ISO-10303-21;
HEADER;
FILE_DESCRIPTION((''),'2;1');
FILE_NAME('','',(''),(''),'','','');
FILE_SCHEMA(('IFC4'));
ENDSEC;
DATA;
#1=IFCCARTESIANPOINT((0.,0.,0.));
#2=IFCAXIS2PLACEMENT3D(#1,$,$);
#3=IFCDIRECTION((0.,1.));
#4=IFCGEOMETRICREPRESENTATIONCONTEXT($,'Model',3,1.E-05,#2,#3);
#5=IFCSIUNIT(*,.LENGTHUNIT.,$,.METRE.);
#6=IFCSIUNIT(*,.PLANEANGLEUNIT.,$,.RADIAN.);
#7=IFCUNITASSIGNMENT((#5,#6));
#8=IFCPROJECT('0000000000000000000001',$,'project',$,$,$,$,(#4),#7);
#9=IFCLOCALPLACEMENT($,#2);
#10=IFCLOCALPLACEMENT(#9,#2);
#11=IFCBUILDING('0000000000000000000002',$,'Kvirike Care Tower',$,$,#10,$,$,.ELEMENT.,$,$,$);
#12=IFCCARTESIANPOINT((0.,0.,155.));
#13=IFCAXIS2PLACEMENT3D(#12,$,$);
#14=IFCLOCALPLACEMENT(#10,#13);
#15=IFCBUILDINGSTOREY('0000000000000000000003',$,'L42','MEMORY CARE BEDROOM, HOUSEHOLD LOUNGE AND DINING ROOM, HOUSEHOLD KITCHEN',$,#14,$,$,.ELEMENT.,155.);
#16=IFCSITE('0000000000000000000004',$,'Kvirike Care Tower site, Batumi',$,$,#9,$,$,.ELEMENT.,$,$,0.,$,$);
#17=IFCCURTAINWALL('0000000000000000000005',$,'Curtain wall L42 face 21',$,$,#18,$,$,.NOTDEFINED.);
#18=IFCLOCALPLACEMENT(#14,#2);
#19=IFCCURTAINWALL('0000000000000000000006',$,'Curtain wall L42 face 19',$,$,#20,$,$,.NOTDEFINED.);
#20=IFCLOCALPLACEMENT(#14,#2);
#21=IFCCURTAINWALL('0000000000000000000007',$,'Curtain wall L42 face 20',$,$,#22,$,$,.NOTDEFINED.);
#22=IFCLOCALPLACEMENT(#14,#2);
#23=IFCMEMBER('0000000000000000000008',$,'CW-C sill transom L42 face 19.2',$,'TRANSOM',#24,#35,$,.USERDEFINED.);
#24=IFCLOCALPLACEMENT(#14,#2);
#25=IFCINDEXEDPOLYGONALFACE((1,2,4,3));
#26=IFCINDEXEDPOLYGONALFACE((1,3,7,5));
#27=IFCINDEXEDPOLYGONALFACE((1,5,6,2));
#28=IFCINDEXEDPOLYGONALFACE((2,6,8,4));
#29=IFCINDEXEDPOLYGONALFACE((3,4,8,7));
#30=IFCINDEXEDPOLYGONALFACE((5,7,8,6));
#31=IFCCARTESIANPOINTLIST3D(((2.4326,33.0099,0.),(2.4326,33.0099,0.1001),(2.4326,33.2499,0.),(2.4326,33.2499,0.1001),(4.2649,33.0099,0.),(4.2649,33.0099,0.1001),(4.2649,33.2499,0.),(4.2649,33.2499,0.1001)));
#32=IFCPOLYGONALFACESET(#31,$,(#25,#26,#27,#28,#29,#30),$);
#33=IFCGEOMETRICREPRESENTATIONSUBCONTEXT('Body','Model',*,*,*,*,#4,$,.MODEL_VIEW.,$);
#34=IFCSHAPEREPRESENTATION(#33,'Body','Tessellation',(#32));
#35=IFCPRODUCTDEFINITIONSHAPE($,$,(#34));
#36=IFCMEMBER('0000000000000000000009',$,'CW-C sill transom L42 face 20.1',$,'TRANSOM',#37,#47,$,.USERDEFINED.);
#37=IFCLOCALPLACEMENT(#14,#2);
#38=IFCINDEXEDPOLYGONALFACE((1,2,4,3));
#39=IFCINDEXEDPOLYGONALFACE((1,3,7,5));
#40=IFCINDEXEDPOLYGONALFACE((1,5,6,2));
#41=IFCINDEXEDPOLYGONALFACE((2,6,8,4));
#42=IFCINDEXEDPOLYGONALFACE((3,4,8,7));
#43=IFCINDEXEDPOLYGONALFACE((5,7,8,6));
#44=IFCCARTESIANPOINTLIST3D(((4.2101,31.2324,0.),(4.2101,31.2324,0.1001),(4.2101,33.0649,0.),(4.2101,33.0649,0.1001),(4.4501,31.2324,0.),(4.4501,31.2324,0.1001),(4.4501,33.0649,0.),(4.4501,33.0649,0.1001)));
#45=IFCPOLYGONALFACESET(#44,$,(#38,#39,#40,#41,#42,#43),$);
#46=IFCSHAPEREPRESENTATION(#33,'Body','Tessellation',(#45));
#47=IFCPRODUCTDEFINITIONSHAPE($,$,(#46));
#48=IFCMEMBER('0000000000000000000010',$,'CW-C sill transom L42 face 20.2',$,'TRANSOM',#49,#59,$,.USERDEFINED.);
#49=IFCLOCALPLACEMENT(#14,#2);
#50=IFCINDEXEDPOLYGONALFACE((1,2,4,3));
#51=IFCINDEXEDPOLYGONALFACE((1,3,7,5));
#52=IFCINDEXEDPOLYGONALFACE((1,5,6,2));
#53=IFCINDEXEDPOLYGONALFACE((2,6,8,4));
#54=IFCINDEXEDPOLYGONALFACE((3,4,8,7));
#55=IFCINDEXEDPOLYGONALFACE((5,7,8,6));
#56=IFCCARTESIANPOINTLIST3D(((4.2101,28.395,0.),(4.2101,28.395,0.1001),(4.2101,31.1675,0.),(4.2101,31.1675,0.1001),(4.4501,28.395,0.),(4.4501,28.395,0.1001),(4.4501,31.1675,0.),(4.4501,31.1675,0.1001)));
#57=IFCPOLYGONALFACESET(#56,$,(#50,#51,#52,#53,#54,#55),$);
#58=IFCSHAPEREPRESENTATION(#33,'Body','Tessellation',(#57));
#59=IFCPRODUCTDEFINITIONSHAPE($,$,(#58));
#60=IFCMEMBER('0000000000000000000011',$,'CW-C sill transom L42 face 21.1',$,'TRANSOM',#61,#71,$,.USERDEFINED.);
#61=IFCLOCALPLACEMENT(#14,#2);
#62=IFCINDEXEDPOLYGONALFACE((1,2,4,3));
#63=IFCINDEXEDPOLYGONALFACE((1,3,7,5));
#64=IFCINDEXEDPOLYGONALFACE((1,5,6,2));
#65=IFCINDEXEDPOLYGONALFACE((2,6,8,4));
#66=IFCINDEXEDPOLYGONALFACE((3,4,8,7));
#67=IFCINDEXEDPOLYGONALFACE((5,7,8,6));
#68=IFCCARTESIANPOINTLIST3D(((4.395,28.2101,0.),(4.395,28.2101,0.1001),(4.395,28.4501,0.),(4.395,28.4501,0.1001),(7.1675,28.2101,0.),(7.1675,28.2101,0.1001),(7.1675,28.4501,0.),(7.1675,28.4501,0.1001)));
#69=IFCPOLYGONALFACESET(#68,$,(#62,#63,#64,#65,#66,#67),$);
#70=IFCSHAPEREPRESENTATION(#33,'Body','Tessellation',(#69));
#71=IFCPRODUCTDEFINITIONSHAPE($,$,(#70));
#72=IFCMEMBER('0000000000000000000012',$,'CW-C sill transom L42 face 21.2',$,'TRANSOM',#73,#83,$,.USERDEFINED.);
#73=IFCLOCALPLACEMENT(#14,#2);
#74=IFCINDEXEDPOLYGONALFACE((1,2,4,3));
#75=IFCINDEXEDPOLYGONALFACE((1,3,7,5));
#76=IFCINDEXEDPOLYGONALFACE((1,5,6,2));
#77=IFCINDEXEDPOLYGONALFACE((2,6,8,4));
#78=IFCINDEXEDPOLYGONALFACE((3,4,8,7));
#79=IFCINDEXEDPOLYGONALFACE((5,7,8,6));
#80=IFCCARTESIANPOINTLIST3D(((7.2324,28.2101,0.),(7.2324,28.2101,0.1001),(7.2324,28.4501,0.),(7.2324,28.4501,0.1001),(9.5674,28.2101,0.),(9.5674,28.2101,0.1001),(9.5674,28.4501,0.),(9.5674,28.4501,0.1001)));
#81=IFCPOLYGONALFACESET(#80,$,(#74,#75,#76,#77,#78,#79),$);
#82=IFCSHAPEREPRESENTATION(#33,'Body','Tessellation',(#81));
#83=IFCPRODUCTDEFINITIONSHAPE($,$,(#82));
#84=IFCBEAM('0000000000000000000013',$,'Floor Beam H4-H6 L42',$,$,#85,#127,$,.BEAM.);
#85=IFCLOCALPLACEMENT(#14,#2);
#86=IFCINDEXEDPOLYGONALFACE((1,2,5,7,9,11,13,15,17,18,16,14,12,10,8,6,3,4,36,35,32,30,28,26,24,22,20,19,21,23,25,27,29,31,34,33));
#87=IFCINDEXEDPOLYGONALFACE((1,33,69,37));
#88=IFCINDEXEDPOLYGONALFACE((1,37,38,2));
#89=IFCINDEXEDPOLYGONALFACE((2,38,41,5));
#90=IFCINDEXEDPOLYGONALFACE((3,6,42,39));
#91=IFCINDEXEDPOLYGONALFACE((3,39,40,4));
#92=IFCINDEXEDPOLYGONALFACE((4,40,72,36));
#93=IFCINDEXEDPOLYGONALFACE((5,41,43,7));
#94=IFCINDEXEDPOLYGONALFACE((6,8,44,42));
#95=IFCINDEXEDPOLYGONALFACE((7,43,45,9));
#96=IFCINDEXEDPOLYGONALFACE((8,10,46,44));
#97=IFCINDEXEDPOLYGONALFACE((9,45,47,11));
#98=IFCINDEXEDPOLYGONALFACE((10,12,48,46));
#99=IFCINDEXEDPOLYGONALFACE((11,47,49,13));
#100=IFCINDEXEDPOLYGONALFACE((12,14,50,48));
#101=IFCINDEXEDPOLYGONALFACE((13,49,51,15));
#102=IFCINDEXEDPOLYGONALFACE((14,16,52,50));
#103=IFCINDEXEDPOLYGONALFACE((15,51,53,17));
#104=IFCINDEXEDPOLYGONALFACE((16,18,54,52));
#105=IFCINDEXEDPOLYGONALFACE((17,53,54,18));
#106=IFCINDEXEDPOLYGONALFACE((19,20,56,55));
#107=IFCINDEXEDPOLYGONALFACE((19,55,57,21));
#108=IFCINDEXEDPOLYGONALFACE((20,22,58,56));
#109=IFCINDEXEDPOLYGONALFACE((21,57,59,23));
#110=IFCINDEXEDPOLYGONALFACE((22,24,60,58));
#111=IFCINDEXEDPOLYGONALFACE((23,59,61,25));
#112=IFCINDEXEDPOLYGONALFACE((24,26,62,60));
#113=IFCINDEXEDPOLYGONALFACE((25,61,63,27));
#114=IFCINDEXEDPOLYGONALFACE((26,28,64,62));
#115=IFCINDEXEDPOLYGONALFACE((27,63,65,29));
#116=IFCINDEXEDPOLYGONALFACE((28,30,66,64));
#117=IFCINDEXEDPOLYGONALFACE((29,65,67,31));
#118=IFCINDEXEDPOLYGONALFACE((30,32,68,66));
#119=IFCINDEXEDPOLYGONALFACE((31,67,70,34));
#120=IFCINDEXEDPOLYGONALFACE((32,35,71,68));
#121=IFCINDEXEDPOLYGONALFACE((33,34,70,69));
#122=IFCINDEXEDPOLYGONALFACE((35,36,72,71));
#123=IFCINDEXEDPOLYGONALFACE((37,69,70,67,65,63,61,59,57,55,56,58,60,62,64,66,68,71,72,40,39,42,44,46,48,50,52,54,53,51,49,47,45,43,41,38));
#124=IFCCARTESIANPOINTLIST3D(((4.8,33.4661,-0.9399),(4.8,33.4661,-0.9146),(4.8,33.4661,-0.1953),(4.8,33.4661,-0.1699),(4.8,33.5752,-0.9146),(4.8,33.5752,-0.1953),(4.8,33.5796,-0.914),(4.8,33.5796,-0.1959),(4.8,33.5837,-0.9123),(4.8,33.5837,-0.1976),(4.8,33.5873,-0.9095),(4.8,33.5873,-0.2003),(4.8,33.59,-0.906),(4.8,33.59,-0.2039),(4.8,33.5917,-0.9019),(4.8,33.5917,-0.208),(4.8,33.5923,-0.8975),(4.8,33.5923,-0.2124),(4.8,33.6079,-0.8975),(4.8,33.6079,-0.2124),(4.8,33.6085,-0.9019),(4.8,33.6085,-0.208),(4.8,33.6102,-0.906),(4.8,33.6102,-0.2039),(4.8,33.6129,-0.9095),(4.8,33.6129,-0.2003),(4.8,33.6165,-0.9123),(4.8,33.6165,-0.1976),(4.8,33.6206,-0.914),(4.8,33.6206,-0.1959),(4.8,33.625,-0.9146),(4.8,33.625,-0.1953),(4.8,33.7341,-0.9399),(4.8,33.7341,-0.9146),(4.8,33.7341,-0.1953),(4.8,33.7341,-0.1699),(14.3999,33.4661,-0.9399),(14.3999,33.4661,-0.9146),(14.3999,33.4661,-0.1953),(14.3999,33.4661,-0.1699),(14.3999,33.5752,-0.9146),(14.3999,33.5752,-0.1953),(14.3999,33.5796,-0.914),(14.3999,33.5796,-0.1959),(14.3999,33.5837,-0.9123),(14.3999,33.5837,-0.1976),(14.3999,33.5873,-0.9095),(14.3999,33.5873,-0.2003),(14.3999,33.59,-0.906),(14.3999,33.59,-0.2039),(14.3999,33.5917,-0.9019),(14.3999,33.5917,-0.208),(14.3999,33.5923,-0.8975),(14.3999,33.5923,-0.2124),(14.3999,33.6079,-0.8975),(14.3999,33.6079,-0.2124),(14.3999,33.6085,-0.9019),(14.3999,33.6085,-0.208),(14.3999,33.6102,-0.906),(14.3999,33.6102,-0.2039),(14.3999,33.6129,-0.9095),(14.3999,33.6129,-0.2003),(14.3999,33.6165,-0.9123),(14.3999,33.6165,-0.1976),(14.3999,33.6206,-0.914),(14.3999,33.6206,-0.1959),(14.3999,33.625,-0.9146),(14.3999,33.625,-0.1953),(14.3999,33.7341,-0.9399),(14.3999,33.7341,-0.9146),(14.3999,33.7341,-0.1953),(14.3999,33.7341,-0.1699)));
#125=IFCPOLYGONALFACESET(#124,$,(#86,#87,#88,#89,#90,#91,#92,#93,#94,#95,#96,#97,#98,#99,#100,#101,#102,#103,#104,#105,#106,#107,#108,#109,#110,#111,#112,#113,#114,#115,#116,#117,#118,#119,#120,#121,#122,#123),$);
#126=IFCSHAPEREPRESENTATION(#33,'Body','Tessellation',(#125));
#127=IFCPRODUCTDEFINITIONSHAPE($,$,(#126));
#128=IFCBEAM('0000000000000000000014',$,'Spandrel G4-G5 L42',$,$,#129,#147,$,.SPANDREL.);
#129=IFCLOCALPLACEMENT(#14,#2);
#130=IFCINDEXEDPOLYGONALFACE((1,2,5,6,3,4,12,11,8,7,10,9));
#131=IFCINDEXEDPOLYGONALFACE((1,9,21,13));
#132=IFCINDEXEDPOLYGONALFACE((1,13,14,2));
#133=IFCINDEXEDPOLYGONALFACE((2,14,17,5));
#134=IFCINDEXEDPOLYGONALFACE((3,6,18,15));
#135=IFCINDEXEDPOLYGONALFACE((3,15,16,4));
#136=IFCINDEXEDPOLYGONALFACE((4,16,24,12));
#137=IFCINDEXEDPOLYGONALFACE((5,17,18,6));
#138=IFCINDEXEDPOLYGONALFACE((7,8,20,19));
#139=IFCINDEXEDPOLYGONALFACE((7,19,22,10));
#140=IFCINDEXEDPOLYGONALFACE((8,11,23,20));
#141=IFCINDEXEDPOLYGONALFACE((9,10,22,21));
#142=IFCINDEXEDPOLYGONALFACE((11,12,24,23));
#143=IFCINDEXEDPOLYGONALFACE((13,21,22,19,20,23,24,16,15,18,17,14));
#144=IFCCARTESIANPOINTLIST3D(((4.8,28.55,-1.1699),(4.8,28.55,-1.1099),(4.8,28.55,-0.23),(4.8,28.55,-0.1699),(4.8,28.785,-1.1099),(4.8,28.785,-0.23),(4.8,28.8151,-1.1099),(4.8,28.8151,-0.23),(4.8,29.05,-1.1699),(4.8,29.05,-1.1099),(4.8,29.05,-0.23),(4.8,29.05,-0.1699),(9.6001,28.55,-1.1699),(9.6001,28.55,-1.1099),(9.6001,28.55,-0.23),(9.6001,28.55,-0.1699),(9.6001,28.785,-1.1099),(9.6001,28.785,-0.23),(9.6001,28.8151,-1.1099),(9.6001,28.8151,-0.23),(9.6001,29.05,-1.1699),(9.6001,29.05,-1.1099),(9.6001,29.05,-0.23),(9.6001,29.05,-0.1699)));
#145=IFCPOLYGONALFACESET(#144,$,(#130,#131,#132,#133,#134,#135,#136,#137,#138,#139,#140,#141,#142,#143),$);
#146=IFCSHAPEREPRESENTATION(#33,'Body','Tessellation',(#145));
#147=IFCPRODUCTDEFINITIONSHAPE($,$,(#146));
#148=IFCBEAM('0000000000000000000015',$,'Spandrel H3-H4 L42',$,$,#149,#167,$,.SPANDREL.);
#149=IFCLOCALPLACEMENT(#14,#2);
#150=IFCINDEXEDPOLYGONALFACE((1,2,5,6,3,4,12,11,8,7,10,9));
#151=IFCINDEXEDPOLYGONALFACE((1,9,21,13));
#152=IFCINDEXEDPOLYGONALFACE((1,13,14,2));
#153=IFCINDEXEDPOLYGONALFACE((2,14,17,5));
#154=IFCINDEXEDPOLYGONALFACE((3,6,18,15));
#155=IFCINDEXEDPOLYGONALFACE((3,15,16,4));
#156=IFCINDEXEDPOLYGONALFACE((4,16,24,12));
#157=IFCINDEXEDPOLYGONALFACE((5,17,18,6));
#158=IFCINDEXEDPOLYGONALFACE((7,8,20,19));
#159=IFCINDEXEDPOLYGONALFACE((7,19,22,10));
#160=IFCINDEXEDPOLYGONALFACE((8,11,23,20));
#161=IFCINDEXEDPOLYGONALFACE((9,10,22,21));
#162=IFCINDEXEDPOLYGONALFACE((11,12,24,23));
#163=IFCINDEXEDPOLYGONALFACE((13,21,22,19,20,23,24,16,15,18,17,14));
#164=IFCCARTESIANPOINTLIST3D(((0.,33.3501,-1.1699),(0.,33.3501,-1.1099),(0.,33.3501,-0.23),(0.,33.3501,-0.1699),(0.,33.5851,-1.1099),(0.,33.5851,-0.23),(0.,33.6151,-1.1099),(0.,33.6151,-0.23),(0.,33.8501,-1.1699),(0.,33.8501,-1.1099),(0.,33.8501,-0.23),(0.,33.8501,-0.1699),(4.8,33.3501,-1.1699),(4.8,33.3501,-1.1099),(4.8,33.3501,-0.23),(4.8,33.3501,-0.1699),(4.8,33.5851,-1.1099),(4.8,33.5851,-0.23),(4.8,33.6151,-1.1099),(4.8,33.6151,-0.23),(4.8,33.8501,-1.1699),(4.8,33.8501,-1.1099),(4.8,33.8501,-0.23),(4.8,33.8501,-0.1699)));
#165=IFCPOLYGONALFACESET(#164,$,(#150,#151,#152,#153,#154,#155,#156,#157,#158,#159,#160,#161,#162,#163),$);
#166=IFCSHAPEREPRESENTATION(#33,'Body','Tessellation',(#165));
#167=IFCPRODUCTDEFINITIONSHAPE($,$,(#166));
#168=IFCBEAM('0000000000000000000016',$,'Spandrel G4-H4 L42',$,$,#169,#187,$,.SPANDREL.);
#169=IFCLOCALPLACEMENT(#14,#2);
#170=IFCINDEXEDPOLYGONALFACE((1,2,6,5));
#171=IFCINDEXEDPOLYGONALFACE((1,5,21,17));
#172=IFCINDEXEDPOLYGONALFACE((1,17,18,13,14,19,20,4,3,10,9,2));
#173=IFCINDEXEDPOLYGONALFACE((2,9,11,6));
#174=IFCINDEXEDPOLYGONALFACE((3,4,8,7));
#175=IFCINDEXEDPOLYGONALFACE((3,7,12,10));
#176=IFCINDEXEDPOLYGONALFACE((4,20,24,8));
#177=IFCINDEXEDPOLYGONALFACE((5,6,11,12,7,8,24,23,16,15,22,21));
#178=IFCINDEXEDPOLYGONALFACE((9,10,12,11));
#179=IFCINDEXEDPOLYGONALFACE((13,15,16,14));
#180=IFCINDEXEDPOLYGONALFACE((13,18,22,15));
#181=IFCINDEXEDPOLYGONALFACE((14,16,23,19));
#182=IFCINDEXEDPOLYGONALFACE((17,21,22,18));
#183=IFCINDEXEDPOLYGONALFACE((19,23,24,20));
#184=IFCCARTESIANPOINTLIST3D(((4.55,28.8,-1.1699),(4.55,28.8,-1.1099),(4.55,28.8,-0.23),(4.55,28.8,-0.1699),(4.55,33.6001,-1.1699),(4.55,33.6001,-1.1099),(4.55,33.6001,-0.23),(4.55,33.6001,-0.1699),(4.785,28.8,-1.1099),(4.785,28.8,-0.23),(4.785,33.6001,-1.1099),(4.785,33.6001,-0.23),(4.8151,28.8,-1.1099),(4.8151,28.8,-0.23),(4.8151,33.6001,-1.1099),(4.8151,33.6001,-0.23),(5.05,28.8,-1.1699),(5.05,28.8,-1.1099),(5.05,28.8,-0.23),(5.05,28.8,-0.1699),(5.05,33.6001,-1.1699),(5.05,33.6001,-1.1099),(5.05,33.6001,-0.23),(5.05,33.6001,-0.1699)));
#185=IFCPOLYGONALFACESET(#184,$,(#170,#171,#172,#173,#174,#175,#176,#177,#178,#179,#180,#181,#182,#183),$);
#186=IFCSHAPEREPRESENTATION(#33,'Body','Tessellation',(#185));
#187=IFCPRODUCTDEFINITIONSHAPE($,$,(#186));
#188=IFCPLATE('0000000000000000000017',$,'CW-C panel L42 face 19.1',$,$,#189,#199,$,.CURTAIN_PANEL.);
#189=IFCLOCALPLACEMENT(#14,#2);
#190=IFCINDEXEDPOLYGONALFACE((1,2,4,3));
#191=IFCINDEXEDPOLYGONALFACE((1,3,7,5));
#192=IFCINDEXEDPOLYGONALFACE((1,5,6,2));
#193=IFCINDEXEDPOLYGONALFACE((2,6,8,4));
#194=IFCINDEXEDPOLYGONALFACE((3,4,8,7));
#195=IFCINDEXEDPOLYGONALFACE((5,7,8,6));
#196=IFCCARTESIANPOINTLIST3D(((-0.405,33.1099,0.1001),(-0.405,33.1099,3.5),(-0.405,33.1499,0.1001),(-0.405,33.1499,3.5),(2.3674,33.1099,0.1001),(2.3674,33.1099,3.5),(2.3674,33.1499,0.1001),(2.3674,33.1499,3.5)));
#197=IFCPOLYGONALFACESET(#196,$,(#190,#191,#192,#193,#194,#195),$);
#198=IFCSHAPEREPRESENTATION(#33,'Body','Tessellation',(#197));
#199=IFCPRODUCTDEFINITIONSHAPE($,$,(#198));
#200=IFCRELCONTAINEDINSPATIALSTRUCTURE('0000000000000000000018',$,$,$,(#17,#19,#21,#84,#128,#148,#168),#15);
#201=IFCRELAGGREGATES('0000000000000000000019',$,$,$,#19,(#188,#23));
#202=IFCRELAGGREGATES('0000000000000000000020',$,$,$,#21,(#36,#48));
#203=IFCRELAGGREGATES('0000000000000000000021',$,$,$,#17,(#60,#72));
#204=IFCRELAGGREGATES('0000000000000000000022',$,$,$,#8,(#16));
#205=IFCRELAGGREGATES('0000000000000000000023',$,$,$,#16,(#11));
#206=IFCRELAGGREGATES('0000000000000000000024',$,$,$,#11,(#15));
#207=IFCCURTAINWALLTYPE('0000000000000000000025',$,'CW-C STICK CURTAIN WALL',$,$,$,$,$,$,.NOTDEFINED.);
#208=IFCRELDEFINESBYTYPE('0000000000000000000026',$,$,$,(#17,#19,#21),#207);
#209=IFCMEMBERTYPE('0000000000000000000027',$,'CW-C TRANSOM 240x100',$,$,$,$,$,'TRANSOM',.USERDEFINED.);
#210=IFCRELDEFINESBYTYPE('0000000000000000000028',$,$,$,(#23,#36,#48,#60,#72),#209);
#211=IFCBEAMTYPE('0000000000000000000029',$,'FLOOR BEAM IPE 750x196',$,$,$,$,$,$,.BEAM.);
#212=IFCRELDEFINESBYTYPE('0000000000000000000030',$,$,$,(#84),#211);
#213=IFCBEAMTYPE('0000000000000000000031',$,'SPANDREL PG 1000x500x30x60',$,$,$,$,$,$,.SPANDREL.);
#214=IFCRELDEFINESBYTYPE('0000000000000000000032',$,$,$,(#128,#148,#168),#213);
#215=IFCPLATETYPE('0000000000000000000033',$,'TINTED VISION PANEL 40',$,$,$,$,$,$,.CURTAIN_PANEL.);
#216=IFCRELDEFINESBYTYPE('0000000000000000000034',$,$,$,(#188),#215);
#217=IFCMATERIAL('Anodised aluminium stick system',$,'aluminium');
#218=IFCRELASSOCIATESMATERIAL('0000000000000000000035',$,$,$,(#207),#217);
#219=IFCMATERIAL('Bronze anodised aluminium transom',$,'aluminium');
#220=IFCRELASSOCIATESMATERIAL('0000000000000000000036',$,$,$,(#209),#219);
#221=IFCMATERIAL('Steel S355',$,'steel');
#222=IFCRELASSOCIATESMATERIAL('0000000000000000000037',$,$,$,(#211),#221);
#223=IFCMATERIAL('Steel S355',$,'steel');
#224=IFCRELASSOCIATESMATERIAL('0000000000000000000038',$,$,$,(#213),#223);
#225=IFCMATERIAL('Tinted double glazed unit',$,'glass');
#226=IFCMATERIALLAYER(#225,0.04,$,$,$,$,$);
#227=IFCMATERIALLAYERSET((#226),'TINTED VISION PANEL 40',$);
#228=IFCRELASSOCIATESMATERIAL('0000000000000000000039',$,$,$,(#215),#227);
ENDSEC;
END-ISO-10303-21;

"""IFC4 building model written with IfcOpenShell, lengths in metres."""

from ifc_helpers import new_model, si_unit, direction, frame, origin, origin_2d, place, context, subcontext, project, spatial, rectangle, i_section, extrude, material, layer, layer_set, material_profile, profile_set, type_object, element, aggregate, save


model = new_model("IFC4")

# Units and contexts
model_context = context("Model", 3, precision=1e-05, world=origin(), true_north=direction((0.0, 1.0)))
body_context = subcontext(model_context, "Body", "Model", "MODEL_VIEW")
ifc_project = project(units=[si_unit("LENGTHUNIT", "METRE"), si_unit("PLANEANGLEUNIT", "RADIAN")], contexts=[model_context])

# Site, building, storey
site_placement = place(None, origin())
site = spatial("IfcSite", under=ifc_project, at=site_placement, Name="Kvirike Care Tower site, Batumi", CompositionType="ELEMENT", RefElevation=0.0)
building_placement = place(site_placement, origin())
building = spatial("IfcBuilding", under=site, at=building_placement, Name="Kvirike Care Tower", CompositionType="ELEMENT")
storey_placement = place(building_placement, frame((0.0, 0.0, 155.0)))
storey = spatial("IfcBuildingStorey", under=building, at=storey_placement, Name="L42", Description="MEMORY CARE BEDROOM, HOUSEHOLD LOUNGE AND DINING ROOM, HOUSEHOLD KITCHEN", CompositionType="ELEMENT", Elevation=155.0)

# Curtain wall
ifc_material_1 = material(Name="Anodised aluminium stick system", Category="aluminium")
curtain_wall_type = type_object("IfcCurtainWallType", Name="CW-C STICK CURTAIN WALL", PredefinedType="NOTDEFINED", material=ifc_material_1)
curtain_wall_1_placement = place(storey_placement, origin())
curtain_wall_1 = element("IfcCurtainWall", 1, at=curtain_wall_1_placement, inside=storey, type_object=curtain_wall_type, Name="Curtain wall L42 face 21", PredefinedType="NOTDEFINED")

# Curtain walls
curtain_wall_2_placement = place(storey_placement, origin())
curtain_wall_2 = element("IfcCurtainWall", 2, at=curtain_wall_2_placement, inside=storey, type_object=curtain_wall_type, Name="Curtain wall L42 face 19", PredefinedType="NOTDEFINED")
curtain_wall_3_placement = place(storey_placement, origin())
curtain_wall_3 = element("IfcCurtainWall", 3, at=curtain_wall_3_placement, inside=storey, type_object=curtain_wall_type, Name="Curtain wall L42 face 20", PredefinedType="NOTDEFINED")

# Members
ifc_material_2 = material(Name="Bronze anodised aluminium transom", Category="aluminium")
ifc_material_profile_1 = material_profile(ifc_material_2, rectangle(XDim=0.24, YDim=0.1001, at=origin_2d()), Name="CW-C TRANSOM 240x100")
ifc_profile_set_1 = profile_set([ifc_material_profile_1], Name="Bronze anodised aluminium transom")
member_type_1 = type_object("IfcMemberType", Name="CW-C TRANSOM 240x100", ElementType="TRANSOM", PredefinedType="USERDEFINED", material=ifc_profile_set_1)
member_1_placement = place(storey_placement, frame((2.4326, 33.1299, 0.05), z_axis=(1.0, 0.0, 0.0), x_axis=(0.0, 1.0, 0.0)))
member_1 = element("IfcMember", 4, at=member_1_placement, type_object=member_type_1, Name="CW-C sill transom L42 face 19.2", ObjectType="TRANSOM", PredefinedType="USERDEFINED", context=body_context, shape_type="SweptSolid", body=[
    extrude(rectangle(XDim=0.24, YDim=0.1001, at=origin_2d()), origin(), (0.0, 0.0, 1.0), 1.8323),
])
member_2_placement = place(storey_placement, frame((4.3301, 33.0649, 0.05), z_axis=(0.0, -1.0, 0.0), x_axis=(1.0, 0.0, 0.0)))
member_2 = element("IfcMember", 5, at=member_2_placement, type_object=member_type_1, Name="CW-C sill transom L42 face 20.1", ObjectType="TRANSOM", PredefinedType="USERDEFINED", context=body_context, shape_type="SweptSolid", body=[
    extrude(rectangle(XDim=0.24, YDim=0.1001, at=origin_2d()), origin(), (0.0, 0.0, 1.0), 1.8325),
])
member_3_placement = place(storey_placement, frame((4.3301, 31.1675, 0.05), z_axis=(0.0, -1.0, 0.0), x_axis=(1.0, 0.0, 0.0)))
member_3 = element("IfcMember", 6, at=member_3_placement, type_object=member_type_1, Name="CW-C sill transom L42 face 20.2", ObjectType="TRANSOM", PredefinedType="USERDEFINED", context=body_context, shape_type="SweptSolid", body=[
    extrude(rectangle(XDim=0.24, YDim=0.1001, at=origin_2d()), origin(), (0.0, 0.0, 1.0), 2.7725),
])
member_4_placement = place(storey_placement, frame((4.395, 28.3301, 0.05), z_axis=(1.0, 0.0, 0.0), x_axis=(0.0, 1.0, 0.0)))
member_4 = element("IfcMember", 7, at=member_4_placement, type_object=member_type_1, Name="CW-C sill transom L42 face 21.1", ObjectType="TRANSOM", PredefinedType="USERDEFINED", context=body_context, shape_type="SweptSolid", body=[
    extrude(rectangle(XDim=0.24, YDim=0.1001, at=origin_2d()), origin(), (0.0, 0.0, 1.0), 2.7725),
])
member_5_placement = place(storey_placement, frame((7.2324, 28.3301, 0.05), z_axis=(1.0, 0.0, 0.0), x_axis=(0.0, 1.0, 0.0)))
member_5 = element("IfcMember", 8, at=member_5_placement, type_object=member_type_1, Name="CW-C sill transom L42 face 21.2", ObjectType="TRANSOM", PredefinedType="USERDEFINED", context=body_context, shape_type="SweptSolid", body=[
    extrude(rectangle(XDim=0.24, YDim=0.1001, at=origin_2d()), origin(), (0.0, 0.0, 1.0), 2.335),
])

# Beams
ifc_material_3 = material(Name="Steel S355", Category="steel")
ifc_material_profile_2 = material_profile(ifc_material_3, i_section(OverallWidth=0.2681, OverallDepth=0.77, WebThickness=0.0156, FlangeThickness=0.0254, FilletRadius=0.0171, at=origin_2d()), Name="IPE 750x196")
ifc_profile_set_2 = profile_set([ifc_material_profile_2], Name="Steel S355")
beam_type_1 = type_object("IfcBeamType", Name="FLOOR BEAM IPE 750x196", PredefinedType="BEAM", material=ifc_profile_set_2)
beam_placement = place(storey_placement, frame((4.8, 33.6001, -0.5549), z_axis=(1.0, 0.0, 0.0), x_axis=(0.0, 1.0, 0.0)))
element("IfcBeam", 9, at=beam_placement, inside=storey, type_object=beam_type_1, Name="Floor Beam H4-H6 L42", PredefinedType="BEAM", context=body_context, shape_type="SweptSolid", body=[
    extrude(i_section(OverallWidth=0.2681, OverallDepth=0.77, WebThickness=0.0156, FlangeThickness=0.0254, FilletRadius=0.0171, at=origin_2d()), origin(), (0.0, 0.0, 1.0), 9.5999),
])
ifc_material_4 = material(Name="Steel S355", Category="steel")
ifc_material_profile_3 = material_profile(ifc_material_4, i_section(OverallWidth=0.5, OverallDepth=1.0, WebThickness=0.03, FlangeThickness=0.0601, at=origin_2d()), Name="PG 1000x500x30x60")
ifc_profile_set_3 = profile_set([ifc_material_profile_3], Name="Steel S355")
beam_type_2 = type_object("IfcBeamType", Name="SPANDREL PG 1000x500x30x60", PredefinedType="SPANDREL", material=ifc_profile_set_3)
for number, where, z_axis, x_axis, name in (
    (10, (4.8, 28.8, -0.6699), (1.0, 0.0, 0.0), (0.0, 1.0, 0.0), "Spandrel G4-G5 L42"),
    (11, (0.0, 33.6001, -0.6699), (1.0, 0.0, 0.0), (0.0, 1.0, 0.0), "Spandrel H3-H4 L42"),
    (12, (4.8, 28.8, -0.6699), (0.0, 1.0, 0.0), (-1.0, 0.0, 0.0), "Spandrel G4-H4 L42"),
):
    element("IfcBeam", number, at=place(storey_placement, frame(where, z_axis=z_axis, x_axis=x_axis)), inside=storey, type_object=beam_type_2, Name=name, PredefinedType="SPANDREL", context=body_context, shape_type="SweptSolid", body=[
        extrude(i_section(OverallWidth=0.5, OverallDepth=1.0, WebThickness=0.03, FlangeThickness=0.0601, at=origin_2d()), origin(), (0.0, 0.0, 1.0), 4.8),
    ])

# Plate
ifc_material_5 = material(Name="Tinted double glazed unit", Category="glass")
ifc_layer_1 = layer(ifc_material_5, 0.04)
ifc_layer_set_1 = layer_set([ifc_layer_1], Name="TINTED VISION PANEL 40")
plate_type = type_object("IfcPlateType", Name="TINTED VISION PANEL 40", PredefinedType="CURTAIN_PANEL", material=ifc_layer_set_1)
plate_1_placement = place(storey_placement, frame((0.9812, 33.1299, 0.1001), z_axis=(0.0, 0.0, 1.0), x_axis=(1.0, 0.0, 0.0)))
plate_1 = element("IfcPlate", 13, at=plate_1_placement, type_object=plate_type, Name="CW-C panel L42 face 19.1", PredefinedType="CURTAIN_PANEL", context=body_context, shape_type="SweptSolid", body=[
    extrude(rectangle(XDim=2.7725, YDim=0.04, at=origin_2d()), origin(), (0.0, 0.0, 1.0), 3.3999),
])
aggregate(curtain_wall_2, [plate_1, member_1])
aggregate(curtain_wall_3, [member_2, member_3])
aggregate(curtain_wall_1, [member_4, member_5])

save(model, "model.ifc")
